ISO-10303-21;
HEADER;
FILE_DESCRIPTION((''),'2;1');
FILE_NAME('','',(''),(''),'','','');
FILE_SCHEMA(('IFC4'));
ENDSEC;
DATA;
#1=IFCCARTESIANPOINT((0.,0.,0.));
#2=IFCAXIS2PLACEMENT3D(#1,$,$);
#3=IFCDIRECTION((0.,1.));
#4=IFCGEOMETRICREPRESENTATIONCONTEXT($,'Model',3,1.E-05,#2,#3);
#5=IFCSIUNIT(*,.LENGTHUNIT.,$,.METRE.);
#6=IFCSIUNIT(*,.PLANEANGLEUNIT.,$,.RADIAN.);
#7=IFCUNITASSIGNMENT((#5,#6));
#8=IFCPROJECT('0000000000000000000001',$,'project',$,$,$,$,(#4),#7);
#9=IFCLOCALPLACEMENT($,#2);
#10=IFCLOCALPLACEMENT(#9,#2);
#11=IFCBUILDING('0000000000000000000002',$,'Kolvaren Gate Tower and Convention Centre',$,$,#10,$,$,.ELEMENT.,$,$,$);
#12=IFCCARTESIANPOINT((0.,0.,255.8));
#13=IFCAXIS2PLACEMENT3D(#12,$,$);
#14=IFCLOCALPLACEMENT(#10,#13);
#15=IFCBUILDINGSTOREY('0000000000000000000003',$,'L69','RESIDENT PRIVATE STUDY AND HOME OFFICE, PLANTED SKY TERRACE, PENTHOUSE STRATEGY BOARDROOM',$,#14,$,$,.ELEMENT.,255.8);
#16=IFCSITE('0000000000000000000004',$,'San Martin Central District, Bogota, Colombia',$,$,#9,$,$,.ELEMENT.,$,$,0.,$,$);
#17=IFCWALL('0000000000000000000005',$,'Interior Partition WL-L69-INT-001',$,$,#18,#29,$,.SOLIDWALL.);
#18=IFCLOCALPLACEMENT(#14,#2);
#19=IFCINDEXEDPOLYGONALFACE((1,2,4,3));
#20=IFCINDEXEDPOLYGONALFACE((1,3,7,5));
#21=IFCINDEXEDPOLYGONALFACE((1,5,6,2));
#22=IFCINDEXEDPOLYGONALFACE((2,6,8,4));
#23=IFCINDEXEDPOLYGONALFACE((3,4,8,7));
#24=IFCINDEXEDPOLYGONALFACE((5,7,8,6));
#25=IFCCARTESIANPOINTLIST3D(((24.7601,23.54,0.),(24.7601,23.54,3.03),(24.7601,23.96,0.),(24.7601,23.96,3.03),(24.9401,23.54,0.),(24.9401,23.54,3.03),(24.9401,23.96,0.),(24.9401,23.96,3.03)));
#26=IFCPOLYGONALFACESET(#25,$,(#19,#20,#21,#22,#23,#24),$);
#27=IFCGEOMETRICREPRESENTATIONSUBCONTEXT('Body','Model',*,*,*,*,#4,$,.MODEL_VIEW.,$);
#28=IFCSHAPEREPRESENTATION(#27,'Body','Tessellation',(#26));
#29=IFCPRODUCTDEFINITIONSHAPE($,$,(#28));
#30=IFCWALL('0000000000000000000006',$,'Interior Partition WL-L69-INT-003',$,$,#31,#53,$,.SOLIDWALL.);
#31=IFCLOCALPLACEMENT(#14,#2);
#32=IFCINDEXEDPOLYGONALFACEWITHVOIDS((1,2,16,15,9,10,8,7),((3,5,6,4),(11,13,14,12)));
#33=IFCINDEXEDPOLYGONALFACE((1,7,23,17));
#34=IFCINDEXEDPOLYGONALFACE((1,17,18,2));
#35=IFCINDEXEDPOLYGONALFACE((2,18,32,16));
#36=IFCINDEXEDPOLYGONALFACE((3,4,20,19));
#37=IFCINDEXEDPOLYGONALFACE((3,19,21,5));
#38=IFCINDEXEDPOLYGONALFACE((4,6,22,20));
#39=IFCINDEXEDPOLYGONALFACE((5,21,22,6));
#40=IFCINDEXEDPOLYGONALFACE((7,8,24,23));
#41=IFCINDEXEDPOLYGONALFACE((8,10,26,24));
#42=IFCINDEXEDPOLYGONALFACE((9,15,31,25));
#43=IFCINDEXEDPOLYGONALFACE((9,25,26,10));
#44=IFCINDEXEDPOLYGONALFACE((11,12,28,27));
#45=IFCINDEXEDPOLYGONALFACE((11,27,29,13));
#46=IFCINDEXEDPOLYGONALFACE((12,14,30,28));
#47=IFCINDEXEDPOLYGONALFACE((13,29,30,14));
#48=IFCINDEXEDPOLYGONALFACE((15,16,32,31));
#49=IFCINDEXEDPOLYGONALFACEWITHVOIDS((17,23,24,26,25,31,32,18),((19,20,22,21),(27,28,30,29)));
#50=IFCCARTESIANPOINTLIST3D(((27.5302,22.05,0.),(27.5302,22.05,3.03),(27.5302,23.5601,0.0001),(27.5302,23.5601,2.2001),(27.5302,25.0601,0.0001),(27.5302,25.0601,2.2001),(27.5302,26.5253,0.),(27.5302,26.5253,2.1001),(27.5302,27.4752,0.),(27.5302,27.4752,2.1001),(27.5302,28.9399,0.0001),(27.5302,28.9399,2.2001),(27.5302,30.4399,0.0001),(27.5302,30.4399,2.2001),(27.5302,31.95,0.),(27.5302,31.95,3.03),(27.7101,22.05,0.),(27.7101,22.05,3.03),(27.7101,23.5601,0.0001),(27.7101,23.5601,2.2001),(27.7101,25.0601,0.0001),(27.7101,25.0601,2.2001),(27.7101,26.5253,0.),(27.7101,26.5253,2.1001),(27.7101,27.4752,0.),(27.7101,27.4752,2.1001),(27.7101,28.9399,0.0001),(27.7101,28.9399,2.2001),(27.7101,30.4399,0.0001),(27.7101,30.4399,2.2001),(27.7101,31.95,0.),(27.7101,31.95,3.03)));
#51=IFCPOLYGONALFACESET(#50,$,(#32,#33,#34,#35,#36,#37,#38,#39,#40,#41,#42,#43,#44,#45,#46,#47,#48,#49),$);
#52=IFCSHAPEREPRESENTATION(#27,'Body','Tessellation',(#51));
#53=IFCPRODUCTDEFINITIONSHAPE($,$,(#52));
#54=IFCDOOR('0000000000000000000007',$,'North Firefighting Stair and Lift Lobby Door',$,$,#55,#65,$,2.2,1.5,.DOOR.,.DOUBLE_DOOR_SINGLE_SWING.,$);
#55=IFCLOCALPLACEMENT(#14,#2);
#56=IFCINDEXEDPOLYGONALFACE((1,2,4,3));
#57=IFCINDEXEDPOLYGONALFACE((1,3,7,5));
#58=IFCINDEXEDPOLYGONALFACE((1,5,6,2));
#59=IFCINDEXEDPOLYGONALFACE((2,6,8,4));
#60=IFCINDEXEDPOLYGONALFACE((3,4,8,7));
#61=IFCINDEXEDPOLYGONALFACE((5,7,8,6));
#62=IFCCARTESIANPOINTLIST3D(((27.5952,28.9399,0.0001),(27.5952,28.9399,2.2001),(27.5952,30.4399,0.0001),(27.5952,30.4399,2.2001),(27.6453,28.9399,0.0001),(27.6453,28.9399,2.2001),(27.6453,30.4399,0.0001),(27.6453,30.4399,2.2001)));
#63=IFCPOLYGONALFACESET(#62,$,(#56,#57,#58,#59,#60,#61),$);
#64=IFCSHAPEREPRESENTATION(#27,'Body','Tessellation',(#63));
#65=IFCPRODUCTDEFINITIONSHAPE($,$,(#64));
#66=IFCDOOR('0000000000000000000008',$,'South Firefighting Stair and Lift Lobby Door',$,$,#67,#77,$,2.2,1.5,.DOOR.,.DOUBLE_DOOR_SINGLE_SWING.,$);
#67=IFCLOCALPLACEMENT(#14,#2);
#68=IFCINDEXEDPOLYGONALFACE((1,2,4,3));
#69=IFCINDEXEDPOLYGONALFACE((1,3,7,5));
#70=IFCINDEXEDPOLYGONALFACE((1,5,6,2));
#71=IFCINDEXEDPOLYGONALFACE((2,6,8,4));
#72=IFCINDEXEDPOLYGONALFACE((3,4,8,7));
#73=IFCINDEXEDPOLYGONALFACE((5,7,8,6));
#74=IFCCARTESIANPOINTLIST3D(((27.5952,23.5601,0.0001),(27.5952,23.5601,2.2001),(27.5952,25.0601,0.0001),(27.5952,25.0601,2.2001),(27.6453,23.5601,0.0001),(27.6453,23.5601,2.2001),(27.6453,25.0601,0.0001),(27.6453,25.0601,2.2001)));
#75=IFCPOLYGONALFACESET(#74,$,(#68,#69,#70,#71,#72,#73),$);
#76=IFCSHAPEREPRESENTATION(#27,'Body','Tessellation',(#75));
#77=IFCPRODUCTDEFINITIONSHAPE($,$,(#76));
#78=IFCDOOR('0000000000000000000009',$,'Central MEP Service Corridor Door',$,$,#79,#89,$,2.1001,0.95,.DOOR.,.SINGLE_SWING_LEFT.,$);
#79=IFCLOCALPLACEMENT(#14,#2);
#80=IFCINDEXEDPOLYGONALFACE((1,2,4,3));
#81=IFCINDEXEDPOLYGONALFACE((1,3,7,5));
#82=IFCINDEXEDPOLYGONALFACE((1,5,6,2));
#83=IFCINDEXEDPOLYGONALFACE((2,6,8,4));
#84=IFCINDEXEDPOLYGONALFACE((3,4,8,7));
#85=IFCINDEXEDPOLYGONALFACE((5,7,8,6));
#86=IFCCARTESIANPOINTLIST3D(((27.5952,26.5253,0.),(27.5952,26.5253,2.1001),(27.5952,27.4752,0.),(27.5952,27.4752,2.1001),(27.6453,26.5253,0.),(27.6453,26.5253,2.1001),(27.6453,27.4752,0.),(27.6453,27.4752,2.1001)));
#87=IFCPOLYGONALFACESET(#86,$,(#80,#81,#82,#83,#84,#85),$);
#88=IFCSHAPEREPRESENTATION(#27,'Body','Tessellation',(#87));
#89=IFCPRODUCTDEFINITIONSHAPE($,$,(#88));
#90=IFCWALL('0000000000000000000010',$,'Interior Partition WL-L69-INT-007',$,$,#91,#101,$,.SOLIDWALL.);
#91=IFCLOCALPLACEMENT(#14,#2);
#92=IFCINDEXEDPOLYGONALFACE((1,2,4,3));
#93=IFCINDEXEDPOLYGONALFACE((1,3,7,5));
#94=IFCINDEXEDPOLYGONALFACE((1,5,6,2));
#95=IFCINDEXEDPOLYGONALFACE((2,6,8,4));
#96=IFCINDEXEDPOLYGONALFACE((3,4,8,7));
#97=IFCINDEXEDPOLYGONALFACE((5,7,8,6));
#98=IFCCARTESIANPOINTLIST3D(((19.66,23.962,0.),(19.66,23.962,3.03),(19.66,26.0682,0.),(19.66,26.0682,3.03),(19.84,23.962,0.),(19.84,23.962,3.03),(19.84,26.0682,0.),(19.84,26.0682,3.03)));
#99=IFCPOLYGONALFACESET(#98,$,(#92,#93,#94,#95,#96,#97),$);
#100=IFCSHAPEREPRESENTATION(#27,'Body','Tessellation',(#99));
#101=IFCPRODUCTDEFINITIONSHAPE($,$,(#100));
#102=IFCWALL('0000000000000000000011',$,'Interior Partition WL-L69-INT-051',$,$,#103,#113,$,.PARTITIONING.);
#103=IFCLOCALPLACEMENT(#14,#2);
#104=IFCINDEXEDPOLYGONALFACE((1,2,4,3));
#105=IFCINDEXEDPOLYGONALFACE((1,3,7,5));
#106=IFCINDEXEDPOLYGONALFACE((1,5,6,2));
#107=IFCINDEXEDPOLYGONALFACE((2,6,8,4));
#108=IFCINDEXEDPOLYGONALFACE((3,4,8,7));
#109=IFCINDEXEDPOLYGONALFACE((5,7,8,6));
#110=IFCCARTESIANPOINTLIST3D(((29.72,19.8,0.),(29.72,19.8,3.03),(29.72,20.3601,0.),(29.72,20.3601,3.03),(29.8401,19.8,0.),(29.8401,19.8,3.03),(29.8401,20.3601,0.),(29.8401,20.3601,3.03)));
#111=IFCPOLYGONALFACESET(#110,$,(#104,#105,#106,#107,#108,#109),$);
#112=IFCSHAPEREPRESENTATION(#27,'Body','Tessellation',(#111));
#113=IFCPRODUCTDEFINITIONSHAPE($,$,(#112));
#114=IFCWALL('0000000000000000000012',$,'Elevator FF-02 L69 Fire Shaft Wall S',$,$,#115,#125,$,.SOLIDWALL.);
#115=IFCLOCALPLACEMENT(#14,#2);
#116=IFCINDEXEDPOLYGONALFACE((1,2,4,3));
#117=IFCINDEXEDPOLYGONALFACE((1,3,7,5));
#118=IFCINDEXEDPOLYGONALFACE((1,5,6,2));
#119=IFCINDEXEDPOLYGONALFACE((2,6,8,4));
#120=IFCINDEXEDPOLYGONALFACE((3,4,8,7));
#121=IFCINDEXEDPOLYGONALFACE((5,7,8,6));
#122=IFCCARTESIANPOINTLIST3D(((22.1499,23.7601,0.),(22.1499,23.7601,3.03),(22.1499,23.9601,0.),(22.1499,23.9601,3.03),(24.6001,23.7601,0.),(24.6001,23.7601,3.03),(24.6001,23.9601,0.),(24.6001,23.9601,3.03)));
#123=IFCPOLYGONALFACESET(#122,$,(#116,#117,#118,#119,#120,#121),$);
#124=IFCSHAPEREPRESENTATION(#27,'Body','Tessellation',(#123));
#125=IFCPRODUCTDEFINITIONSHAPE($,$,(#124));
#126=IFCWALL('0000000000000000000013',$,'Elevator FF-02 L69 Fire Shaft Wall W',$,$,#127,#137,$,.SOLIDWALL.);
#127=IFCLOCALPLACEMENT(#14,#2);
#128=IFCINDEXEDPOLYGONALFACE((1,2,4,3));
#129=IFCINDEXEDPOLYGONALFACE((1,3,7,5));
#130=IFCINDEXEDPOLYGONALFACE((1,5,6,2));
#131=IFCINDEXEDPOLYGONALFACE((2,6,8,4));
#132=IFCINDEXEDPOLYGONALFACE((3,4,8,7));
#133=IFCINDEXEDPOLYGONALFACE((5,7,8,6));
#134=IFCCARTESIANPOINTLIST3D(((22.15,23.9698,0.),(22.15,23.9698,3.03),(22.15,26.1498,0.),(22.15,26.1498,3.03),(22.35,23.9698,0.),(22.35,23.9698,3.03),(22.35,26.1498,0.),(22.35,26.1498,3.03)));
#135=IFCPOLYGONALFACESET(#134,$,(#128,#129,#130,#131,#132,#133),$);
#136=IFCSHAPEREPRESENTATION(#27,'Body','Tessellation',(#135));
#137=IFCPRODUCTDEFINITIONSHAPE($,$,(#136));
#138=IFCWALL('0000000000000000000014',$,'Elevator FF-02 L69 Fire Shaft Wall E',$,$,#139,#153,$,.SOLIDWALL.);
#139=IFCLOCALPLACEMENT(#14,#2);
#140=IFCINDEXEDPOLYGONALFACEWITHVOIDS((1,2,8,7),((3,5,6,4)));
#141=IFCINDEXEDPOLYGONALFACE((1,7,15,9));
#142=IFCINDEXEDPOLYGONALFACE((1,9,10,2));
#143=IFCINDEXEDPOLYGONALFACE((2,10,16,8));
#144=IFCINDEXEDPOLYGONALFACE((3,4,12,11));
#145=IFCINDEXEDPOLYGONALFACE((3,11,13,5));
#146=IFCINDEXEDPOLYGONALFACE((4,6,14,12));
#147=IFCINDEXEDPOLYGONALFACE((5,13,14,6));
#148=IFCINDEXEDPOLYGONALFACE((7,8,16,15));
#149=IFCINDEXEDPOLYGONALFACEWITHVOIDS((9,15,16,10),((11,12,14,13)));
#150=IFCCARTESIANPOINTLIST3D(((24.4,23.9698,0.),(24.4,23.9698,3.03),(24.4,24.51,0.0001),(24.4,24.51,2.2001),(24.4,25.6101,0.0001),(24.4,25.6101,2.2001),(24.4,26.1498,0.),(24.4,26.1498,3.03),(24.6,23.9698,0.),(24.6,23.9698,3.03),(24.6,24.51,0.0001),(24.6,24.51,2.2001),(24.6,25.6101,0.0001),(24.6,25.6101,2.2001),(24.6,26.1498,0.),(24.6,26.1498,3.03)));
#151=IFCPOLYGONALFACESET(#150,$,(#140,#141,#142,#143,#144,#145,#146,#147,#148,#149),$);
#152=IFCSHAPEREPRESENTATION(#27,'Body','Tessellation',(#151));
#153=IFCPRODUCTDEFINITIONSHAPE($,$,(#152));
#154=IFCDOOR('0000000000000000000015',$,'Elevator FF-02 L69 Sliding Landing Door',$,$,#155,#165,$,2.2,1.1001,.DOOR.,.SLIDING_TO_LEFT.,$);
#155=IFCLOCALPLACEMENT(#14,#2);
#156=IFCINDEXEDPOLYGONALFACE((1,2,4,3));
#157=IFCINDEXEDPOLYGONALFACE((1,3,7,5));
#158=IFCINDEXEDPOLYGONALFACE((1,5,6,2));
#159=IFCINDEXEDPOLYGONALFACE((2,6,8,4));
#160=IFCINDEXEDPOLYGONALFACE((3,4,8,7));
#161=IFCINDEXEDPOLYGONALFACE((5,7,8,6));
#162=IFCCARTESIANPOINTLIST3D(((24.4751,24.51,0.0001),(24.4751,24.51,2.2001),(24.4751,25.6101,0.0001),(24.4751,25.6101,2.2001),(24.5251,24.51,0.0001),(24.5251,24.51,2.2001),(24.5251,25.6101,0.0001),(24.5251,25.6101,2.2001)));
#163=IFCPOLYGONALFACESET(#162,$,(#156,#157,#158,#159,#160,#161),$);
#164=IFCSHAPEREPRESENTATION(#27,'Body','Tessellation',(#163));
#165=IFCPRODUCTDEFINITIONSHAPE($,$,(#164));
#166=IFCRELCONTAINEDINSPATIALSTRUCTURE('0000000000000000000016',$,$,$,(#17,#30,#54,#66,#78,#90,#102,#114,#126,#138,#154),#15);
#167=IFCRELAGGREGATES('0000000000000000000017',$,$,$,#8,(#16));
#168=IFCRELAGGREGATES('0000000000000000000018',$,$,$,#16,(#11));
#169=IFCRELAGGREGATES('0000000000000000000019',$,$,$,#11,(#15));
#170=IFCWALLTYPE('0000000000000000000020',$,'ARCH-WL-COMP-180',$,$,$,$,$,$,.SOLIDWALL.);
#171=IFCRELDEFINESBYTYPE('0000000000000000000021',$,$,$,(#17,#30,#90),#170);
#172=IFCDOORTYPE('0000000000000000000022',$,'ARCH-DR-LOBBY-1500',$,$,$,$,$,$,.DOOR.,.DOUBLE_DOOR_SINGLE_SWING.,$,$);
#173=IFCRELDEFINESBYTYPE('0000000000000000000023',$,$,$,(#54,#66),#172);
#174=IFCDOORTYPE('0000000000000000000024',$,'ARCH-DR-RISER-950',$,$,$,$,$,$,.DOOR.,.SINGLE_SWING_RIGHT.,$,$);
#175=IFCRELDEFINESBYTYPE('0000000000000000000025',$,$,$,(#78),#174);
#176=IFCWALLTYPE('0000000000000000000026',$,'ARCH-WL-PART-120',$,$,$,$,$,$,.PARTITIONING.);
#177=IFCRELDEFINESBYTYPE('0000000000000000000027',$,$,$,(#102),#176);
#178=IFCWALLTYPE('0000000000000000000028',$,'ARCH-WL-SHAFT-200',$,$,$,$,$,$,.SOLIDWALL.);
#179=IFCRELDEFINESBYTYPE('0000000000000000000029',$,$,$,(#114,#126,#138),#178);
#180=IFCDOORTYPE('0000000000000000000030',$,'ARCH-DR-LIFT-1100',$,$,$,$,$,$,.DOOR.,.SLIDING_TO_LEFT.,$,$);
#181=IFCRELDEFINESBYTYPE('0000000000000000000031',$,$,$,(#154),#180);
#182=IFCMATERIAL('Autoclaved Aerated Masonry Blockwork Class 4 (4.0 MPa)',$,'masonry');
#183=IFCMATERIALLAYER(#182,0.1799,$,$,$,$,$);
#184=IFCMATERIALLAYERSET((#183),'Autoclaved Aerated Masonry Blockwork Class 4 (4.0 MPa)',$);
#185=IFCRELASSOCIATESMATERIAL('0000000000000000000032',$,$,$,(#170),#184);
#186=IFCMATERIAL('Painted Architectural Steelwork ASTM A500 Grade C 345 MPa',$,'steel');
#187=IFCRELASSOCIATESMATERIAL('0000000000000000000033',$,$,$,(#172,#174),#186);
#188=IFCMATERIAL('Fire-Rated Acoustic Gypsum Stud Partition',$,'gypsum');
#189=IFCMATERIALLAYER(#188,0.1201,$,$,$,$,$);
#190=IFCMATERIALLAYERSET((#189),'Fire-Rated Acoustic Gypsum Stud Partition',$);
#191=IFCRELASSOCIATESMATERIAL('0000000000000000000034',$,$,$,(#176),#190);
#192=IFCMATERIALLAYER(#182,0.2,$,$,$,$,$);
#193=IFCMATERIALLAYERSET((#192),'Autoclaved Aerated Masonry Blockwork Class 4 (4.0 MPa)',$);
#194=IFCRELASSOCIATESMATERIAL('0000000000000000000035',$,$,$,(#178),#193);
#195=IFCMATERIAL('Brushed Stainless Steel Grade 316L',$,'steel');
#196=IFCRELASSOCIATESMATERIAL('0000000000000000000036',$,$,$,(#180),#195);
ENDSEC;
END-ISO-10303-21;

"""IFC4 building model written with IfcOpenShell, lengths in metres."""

from ifc_helpers import new_model, si_unit, direction, frame, frame_2d, origin, place, context, subcontext, project, spatial, rectangle, extrude, material, layer, layer_set, type_object, element, fill, save


model = new_model("IFC4")

# Units and contexts
model_context = context("Model", 3, precision=1e-05, world=origin(), true_north=direction((0.0, 1.0)))
body_context = subcontext(model_context, "Body", "Model", "MODEL_VIEW")
ifc_project = project(units=[si_unit("LENGTHUNIT", "METRE"), si_unit("PLANEANGLEUNIT", "RADIAN")], contexts=[model_context])

# Site, building, storey
site_placement = place(None, origin())
site = spatial("IfcSite", under=ifc_project, at=site_placement, Name="San Martin Central District, Bogota, Colombia", CompositionType="ELEMENT", RefElevation=0.0)
building_placement = place(site_placement, origin())
building = spatial("IfcBuilding", under=site, at=building_placement, Name="Kolvaren Gate Tower and Convention Centre", CompositionType="ELEMENT")
storey_placement = place(building_placement, frame((0.0, 0.0, 255.8)))
storey = spatial("IfcBuildingStorey", under=building, at=storey_placement, Name="L69", Description="RESIDENT PRIVATE STUDY AND HOME OFFICE, PLANTED SKY TERRACE, PENTHOUSE STRATEGY BOARDROOM", CompositionType="ELEMENT", Elevation=255.8)

# Wall
ifc_material_1 = material(Name="Autoclaved Aerated Masonry Blockwork Class 4 (4.0 MPa)", Category="masonry")
ifc_layer_1 = layer(ifc_material_1, 0.1799)
ifc_layer_set_1 = layer_set([ifc_layer_1], Name="Autoclaved Aerated Masonry Blockwork Class 4 (4.0 MPa)")
wall_type_1 = type_object("IfcWallType", Name="ARCH-WL-COMP-180", PredefinedType="SOLIDWALL", material=ifc_layer_set_1)
wall_1_placement = place(storey_placement, frame((24.8501, 23.54, 0.0), z_axis=(0.0, 0.0, 1.0), x_axis=(0.0, 1.0, 0.0)))
element("IfcWall", 1, at=wall_1_placement, inside=storey, type_object=wall_type_1, Name="Interior Partition WL-L69-INT-001", PredefinedType="SOLIDWALL", context=body_context, shape_type="SweptSolid", body=[
    extrude(rectangle(XDim=0.4199, YDim=0.1799, at=frame_2d((0.21, 0.0))), origin(), (0.0, 0.0, 1.0), 3.03),
])

# Wall, openings, doors
wall_2_placement = place(storey_placement, frame((27.6201, 22.05, 0.0), z_axis=(0.0, 0.0, 1.0), x_axis=(0.0, 1.0, 0.0)))
wall_2 = element("IfcWall", 2, at=wall_2_placement, inside=storey, type_object=wall_type_1, Name="Interior Partition WL-L69-INT-003", PredefinedType="SOLIDWALL", context=body_context, shape_type="SweptSolid", body=[
    extrude(rectangle(XDim=9.8999, YDim=0.1799, at=frame_2d((4.95, 0.0))), origin(), (0.0, 0.0, 1.0), 3.03),
])
opening_1_placement = place(wall_2_placement, frame((4.4751, 0.0, 0.0)))
opening_1 = element("IfcOpeningElement", 3, at=opening_1_placement, cuts=wall_2, PredefinedType="OPENING", context=body_context, shape_type="SweptSolid", body=[
    extrude(rectangle(XDim=0.95, YDim=2.1001, at=frame_2d((0.4751, 1.05))), frame((0.0, 0.0999, 0.0), z_axis=(0.0, -1.0, 0.0), x_axis=(1.0, 0.0, 0.0)), (0.0, 0.0, 1.0), 0.2),
])
opening_2_placement = place(wall_2_placement, frame((6.8899, 0.0, 0.0)))
opening_2 = element("IfcOpeningElement", 4, at=opening_2_placement, cuts=wall_2, PredefinedType="OPENING", context=body_context, shape_type="SweptSolid", body=[
    extrude(rectangle(XDim=1.5, YDim=2.2, at=frame_2d((0.75, 1.1001))), frame((0.0, 0.0999, 0.0), z_axis=(0.0, -1.0, 0.0), x_axis=(1.0, 0.0, 0.0)), (0.0, 0.0, 1.0), 0.2),
])
opening_3_placement = place(wall_2_placement, frame((1.51, 0.0, 0.0)))
opening_3 = element("IfcOpeningElement", 5, at=opening_3_placement, cuts=wall_2, PredefinedType="OPENING", context=body_context, shape_type="SweptSolid", body=[
    extrude(rectangle(XDim=1.5, YDim=2.2, at=frame_2d((0.75, 1.1001))), frame((0.0, 0.0999, 0.0), z_axis=(0.0, -1.0, 0.0), x_axis=(1.0, 0.0, 0.0)), (0.0, 0.0, 1.0), 0.2),
])
ifc_material_2 = material(Name="Painted Architectural Steelwork ASTM A500 Grade C 345 MPa", Category="steel")
door_type_1 = type_object("IfcDoorType", Name="ARCH-DR-LOBBY-1500", OperationType="DOUBLE_DOOR_SINGLE_SWING", PredefinedType="DOOR", material=ifc_material_2)
door_1_placement = place(opening_2_placement, origin())
door_1 = element("IfcDoor", 6, at=door_1_placement, inside=storey, type_object=door_type_1, Name="North Firefighting Stair and Lift Lobby Door", OperationType="DOUBLE_DOOR_SINGLE_SWING", OverallHeight=2.2, OverallWidth=1.5, PredefinedType="DOOR", context=body_context, shape_type="SweptSolid", body=[
    extrude(rectangle(XDim=1.5, YDim=2.2, at=frame_2d((0.75, 1.1001))), frame((0.0, 0.0249, 0.0), z_axis=(0.0, -1.0, 0.0), x_axis=(1.0, 0.0, 0.0)), (0.0, 0.0, 1.0), 0.05),
])
fill(opening_2, door_1)
door_2_placement = place(opening_3_placement, origin())
door_2 = element("IfcDoor", 7, at=door_2_placement, inside=storey, type_object=door_type_1, Name="South Firefighting Stair and Lift Lobby Door", OperationType="DOUBLE_DOOR_SINGLE_SWING", OverallHeight=2.2, OverallWidth=1.5, PredefinedType="DOOR", context=body_context, shape_type="SweptSolid", body=[
    extrude(rectangle(XDim=1.5, YDim=2.2, at=frame_2d((0.75, 1.1001))), frame((0.0, 0.0249, 0.0), z_axis=(0.0, -1.0, 0.0), x_axis=(1.0, 0.0, 0.0)), (0.0, 0.0, 1.0), 0.05),
])
fill(opening_3, door_2)
door_type_2 = type_object("IfcDoorType", Name="ARCH-DR-RISER-950", OperationType="SINGLE_SWING_RIGHT", PredefinedType="DOOR", material=ifc_material_2)
door_3_placement = place(opening_1_placement, origin())
door_3 = element("IfcDoor", 8, at=door_3_placement, inside=storey, type_object=door_type_2, Name="Central MEP Service Corridor Door", OperationType="SINGLE_SWING_LEFT", OverallHeight=2.1001, OverallWidth=0.95, PredefinedType="DOOR", context=body_context, shape_type="SweptSolid", body=[
    extrude(rectangle(XDim=0.95, YDim=2.1001, at=frame_2d((0.4751, 1.05))), frame((0.0, 0.0249, 0.0), z_axis=(0.0, -1.0, 0.0), x_axis=(1.0, 0.0, 0.0)), (0.0, 0.0, 1.0), 0.05),
])
fill(opening_1, door_3)

# Walls
wall_3_placement = place(storey_placement, frame((19.75, 23.9619, 0.0), z_axis=(0.0, 0.0, 1.0), x_axis=(0.0, 1.0, 0.0)))
element("IfcWall", 9, at=wall_3_placement, inside=storey, type_object=wall_type_1, Name="Interior Partition WL-L69-INT-007", PredefinedType="SOLIDWALL", context=body_context, shape_type="SweptSolid", body=[
    extrude(rectangle(XDim=2.1062, YDim=0.1799, at=frame_2d((1.0532, 0.0))), origin(), (0.0, 0.0, 1.0), 3.03),
])
ifc_material_3 = material(Name="Fire-Rated Acoustic Gypsum Stud Partition", Category="gypsum")
ifc_layer_2 = layer(ifc_material_3, 0.1201)
ifc_layer_set_2 = layer_set([ifc_layer_2], Name="Fire-Rated Acoustic Gypsum Stud Partition")
wall_type_2 = type_object("IfcWallType", Name="ARCH-WL-PART-120", PredefinedType="PARTITIONING", material=ifc_layer_set_2)
wall_4_placement = place(storey_placement, frame((29.78, 19.8, 0.0), z_axis=(0.0, 0.0, 1.0), x_axis=(0.0, 1.0, 0.0)))
element("IfcWall", 10, at=wall_4_placement, inside=storey, type_object=wall_type_2, Name="Interior Partition WL-L69-INT-051", PredefinedType="PARTITIONING", context=body_context, shape_type="SweptSolid", body=[
    extrude(rectangle(XDim=0.5601, YDim=0.1201, at=frame_2d((0.28, 0.0))), origin(), (0.0, 0.0, 1.0), 3.03),
])
ifc_layer_3 = layer(ifc_material_1, 0.2)
ifc_layer_set_3 = layer_set([ifc_layer_3], Name="Autoclaved Aerated Masonry Blockwork Class 4 (4.0 MPa)")
wall_type_3 = type_object("IfcWallType", Name="ARCH-WL-SHAFT-200", PredefinedType="SOLIDWALL", material=ifc_layer_set_3)
wall_5_placement = place(storey_placement, frame((22.1499, 23.8601, 0.0), z_axis=(0.0, 0.0, 1.0), x_axis=(1.0, 0.0, 0.0)))
element("IfcWall", 11, at=wall_5_placement, inside=storey, type_object=wall_type_3, Name="Elevator FF-02 L69 Fire Shaft Wall S", PredefinedType="SOLIDWALL", context=body_context, shape_type="SweptSolid", body=[
    extrude(rectangle(XDim=2.4502, YDim=0.2, at=frame_2d((1.2251, 0.0))), origin(), (0.0, 0.0, 1.0), 3.03),
])
wall_6_placement = place(storey_placement, frame((22.25, 23.97, 0.0), z_axis=(0.0, 0.0, 1.0), x_axis=(0.0, 1.0, 0.0)))
element("IfcWall", 12, at=wall_6_placement, inside=storey, type_object=wall_type_3, Name="Elevator FF-02 L69 Fire Shaft Wall W", PredefinedType="SOLIDWALL", context=body_context, shape_type="SweptSolid", body=[
    extrude(rectangle(XDim=2.1799, YDim=0.2, at=frame_2d((1.0898, 0.0))), origin(), (0.0, 0.0, 1.0), 3.03),
])

# Wall, opening, door
wall_7_placement = place(storey_placement, frame((24.5, 23.97, 0.0), z_axis=(0.0, 0.0, 1.0), x_axis=(0.0, 1.0, 0.0)))
wall_7 = element("IfcWall", 13, at=wall_7_placement, inside=storey, type_object=wall_type_3, Name="Elevator FF-02 L69 Fire Shaft Wall E", PredefinedType="SOLIDWALL", context=body_context, shape_type="SweptSolid", body=[
    extrude(rectangle(XDim=2.1799, YDim=0.2, at=frame_2d((1.0898, 0.0))), origin(), (0.0, 0.0, 1.0), 3.03),
])
opening_4_placement = place(wall_7_placement, frame((0.54, 0.0, 0.0)))
opening_4 = element("IfcOpeningElement", 14, at=opening_4_placement, cuts=wall_7, PredefinedType="OPENING", context=body_context, shape_type="SweptSolid", body=[
    extrude(rectangle(XDim=1.1001, YDim=2.2, at=frame_2d((0.55, 1.1001))), frame((0.0, 0.1099, 0.0), z_axis=(0.0, -1.0, 0.0), x_axis=(1.0, 0.0, 0.0)), (0.0, 0.0, 1.0), 0.22),
])
ifc_material_4 = material(Name="Brushed Stainless Steel Grade 316L", Category="steel")
door_type_3 = type_object("IfcDoorType", Name="ARCH-DR-LIFT-1100", OperationType="SLIDING_TO_LEFT", PredefinedType="DOOR", material=ifc_material_4)
door_4_placement = place(opening_4_placement, origin())
door_4 = element("IfcDoor", 15, at=door_4_placement, inside=storey, type_object=door_type_3, Name="Elevator FF-02 L69 Sliding Landing Door", OperationType="SLIDING_TO_LEFT", OverallHeight=2.2, OverallWidth=1.1001, PredefinedType="DOOR", context=body_context, shape_type="SweptSolid", body=[
    extrude(rectangle(XDim=1.1001, YDim=2.2, at=frame_2d((0.55, 1.1001))), frame((0.0, 0.0249, 0.0), z_axis=(0.0, -1.0, 0.0), x_axis=(1.0, 0.0, 0.0)), (0.0, 0.0, 1.0), 0.05),
])
fill(opening_4, door_4)

save(model, "model.ifc")
